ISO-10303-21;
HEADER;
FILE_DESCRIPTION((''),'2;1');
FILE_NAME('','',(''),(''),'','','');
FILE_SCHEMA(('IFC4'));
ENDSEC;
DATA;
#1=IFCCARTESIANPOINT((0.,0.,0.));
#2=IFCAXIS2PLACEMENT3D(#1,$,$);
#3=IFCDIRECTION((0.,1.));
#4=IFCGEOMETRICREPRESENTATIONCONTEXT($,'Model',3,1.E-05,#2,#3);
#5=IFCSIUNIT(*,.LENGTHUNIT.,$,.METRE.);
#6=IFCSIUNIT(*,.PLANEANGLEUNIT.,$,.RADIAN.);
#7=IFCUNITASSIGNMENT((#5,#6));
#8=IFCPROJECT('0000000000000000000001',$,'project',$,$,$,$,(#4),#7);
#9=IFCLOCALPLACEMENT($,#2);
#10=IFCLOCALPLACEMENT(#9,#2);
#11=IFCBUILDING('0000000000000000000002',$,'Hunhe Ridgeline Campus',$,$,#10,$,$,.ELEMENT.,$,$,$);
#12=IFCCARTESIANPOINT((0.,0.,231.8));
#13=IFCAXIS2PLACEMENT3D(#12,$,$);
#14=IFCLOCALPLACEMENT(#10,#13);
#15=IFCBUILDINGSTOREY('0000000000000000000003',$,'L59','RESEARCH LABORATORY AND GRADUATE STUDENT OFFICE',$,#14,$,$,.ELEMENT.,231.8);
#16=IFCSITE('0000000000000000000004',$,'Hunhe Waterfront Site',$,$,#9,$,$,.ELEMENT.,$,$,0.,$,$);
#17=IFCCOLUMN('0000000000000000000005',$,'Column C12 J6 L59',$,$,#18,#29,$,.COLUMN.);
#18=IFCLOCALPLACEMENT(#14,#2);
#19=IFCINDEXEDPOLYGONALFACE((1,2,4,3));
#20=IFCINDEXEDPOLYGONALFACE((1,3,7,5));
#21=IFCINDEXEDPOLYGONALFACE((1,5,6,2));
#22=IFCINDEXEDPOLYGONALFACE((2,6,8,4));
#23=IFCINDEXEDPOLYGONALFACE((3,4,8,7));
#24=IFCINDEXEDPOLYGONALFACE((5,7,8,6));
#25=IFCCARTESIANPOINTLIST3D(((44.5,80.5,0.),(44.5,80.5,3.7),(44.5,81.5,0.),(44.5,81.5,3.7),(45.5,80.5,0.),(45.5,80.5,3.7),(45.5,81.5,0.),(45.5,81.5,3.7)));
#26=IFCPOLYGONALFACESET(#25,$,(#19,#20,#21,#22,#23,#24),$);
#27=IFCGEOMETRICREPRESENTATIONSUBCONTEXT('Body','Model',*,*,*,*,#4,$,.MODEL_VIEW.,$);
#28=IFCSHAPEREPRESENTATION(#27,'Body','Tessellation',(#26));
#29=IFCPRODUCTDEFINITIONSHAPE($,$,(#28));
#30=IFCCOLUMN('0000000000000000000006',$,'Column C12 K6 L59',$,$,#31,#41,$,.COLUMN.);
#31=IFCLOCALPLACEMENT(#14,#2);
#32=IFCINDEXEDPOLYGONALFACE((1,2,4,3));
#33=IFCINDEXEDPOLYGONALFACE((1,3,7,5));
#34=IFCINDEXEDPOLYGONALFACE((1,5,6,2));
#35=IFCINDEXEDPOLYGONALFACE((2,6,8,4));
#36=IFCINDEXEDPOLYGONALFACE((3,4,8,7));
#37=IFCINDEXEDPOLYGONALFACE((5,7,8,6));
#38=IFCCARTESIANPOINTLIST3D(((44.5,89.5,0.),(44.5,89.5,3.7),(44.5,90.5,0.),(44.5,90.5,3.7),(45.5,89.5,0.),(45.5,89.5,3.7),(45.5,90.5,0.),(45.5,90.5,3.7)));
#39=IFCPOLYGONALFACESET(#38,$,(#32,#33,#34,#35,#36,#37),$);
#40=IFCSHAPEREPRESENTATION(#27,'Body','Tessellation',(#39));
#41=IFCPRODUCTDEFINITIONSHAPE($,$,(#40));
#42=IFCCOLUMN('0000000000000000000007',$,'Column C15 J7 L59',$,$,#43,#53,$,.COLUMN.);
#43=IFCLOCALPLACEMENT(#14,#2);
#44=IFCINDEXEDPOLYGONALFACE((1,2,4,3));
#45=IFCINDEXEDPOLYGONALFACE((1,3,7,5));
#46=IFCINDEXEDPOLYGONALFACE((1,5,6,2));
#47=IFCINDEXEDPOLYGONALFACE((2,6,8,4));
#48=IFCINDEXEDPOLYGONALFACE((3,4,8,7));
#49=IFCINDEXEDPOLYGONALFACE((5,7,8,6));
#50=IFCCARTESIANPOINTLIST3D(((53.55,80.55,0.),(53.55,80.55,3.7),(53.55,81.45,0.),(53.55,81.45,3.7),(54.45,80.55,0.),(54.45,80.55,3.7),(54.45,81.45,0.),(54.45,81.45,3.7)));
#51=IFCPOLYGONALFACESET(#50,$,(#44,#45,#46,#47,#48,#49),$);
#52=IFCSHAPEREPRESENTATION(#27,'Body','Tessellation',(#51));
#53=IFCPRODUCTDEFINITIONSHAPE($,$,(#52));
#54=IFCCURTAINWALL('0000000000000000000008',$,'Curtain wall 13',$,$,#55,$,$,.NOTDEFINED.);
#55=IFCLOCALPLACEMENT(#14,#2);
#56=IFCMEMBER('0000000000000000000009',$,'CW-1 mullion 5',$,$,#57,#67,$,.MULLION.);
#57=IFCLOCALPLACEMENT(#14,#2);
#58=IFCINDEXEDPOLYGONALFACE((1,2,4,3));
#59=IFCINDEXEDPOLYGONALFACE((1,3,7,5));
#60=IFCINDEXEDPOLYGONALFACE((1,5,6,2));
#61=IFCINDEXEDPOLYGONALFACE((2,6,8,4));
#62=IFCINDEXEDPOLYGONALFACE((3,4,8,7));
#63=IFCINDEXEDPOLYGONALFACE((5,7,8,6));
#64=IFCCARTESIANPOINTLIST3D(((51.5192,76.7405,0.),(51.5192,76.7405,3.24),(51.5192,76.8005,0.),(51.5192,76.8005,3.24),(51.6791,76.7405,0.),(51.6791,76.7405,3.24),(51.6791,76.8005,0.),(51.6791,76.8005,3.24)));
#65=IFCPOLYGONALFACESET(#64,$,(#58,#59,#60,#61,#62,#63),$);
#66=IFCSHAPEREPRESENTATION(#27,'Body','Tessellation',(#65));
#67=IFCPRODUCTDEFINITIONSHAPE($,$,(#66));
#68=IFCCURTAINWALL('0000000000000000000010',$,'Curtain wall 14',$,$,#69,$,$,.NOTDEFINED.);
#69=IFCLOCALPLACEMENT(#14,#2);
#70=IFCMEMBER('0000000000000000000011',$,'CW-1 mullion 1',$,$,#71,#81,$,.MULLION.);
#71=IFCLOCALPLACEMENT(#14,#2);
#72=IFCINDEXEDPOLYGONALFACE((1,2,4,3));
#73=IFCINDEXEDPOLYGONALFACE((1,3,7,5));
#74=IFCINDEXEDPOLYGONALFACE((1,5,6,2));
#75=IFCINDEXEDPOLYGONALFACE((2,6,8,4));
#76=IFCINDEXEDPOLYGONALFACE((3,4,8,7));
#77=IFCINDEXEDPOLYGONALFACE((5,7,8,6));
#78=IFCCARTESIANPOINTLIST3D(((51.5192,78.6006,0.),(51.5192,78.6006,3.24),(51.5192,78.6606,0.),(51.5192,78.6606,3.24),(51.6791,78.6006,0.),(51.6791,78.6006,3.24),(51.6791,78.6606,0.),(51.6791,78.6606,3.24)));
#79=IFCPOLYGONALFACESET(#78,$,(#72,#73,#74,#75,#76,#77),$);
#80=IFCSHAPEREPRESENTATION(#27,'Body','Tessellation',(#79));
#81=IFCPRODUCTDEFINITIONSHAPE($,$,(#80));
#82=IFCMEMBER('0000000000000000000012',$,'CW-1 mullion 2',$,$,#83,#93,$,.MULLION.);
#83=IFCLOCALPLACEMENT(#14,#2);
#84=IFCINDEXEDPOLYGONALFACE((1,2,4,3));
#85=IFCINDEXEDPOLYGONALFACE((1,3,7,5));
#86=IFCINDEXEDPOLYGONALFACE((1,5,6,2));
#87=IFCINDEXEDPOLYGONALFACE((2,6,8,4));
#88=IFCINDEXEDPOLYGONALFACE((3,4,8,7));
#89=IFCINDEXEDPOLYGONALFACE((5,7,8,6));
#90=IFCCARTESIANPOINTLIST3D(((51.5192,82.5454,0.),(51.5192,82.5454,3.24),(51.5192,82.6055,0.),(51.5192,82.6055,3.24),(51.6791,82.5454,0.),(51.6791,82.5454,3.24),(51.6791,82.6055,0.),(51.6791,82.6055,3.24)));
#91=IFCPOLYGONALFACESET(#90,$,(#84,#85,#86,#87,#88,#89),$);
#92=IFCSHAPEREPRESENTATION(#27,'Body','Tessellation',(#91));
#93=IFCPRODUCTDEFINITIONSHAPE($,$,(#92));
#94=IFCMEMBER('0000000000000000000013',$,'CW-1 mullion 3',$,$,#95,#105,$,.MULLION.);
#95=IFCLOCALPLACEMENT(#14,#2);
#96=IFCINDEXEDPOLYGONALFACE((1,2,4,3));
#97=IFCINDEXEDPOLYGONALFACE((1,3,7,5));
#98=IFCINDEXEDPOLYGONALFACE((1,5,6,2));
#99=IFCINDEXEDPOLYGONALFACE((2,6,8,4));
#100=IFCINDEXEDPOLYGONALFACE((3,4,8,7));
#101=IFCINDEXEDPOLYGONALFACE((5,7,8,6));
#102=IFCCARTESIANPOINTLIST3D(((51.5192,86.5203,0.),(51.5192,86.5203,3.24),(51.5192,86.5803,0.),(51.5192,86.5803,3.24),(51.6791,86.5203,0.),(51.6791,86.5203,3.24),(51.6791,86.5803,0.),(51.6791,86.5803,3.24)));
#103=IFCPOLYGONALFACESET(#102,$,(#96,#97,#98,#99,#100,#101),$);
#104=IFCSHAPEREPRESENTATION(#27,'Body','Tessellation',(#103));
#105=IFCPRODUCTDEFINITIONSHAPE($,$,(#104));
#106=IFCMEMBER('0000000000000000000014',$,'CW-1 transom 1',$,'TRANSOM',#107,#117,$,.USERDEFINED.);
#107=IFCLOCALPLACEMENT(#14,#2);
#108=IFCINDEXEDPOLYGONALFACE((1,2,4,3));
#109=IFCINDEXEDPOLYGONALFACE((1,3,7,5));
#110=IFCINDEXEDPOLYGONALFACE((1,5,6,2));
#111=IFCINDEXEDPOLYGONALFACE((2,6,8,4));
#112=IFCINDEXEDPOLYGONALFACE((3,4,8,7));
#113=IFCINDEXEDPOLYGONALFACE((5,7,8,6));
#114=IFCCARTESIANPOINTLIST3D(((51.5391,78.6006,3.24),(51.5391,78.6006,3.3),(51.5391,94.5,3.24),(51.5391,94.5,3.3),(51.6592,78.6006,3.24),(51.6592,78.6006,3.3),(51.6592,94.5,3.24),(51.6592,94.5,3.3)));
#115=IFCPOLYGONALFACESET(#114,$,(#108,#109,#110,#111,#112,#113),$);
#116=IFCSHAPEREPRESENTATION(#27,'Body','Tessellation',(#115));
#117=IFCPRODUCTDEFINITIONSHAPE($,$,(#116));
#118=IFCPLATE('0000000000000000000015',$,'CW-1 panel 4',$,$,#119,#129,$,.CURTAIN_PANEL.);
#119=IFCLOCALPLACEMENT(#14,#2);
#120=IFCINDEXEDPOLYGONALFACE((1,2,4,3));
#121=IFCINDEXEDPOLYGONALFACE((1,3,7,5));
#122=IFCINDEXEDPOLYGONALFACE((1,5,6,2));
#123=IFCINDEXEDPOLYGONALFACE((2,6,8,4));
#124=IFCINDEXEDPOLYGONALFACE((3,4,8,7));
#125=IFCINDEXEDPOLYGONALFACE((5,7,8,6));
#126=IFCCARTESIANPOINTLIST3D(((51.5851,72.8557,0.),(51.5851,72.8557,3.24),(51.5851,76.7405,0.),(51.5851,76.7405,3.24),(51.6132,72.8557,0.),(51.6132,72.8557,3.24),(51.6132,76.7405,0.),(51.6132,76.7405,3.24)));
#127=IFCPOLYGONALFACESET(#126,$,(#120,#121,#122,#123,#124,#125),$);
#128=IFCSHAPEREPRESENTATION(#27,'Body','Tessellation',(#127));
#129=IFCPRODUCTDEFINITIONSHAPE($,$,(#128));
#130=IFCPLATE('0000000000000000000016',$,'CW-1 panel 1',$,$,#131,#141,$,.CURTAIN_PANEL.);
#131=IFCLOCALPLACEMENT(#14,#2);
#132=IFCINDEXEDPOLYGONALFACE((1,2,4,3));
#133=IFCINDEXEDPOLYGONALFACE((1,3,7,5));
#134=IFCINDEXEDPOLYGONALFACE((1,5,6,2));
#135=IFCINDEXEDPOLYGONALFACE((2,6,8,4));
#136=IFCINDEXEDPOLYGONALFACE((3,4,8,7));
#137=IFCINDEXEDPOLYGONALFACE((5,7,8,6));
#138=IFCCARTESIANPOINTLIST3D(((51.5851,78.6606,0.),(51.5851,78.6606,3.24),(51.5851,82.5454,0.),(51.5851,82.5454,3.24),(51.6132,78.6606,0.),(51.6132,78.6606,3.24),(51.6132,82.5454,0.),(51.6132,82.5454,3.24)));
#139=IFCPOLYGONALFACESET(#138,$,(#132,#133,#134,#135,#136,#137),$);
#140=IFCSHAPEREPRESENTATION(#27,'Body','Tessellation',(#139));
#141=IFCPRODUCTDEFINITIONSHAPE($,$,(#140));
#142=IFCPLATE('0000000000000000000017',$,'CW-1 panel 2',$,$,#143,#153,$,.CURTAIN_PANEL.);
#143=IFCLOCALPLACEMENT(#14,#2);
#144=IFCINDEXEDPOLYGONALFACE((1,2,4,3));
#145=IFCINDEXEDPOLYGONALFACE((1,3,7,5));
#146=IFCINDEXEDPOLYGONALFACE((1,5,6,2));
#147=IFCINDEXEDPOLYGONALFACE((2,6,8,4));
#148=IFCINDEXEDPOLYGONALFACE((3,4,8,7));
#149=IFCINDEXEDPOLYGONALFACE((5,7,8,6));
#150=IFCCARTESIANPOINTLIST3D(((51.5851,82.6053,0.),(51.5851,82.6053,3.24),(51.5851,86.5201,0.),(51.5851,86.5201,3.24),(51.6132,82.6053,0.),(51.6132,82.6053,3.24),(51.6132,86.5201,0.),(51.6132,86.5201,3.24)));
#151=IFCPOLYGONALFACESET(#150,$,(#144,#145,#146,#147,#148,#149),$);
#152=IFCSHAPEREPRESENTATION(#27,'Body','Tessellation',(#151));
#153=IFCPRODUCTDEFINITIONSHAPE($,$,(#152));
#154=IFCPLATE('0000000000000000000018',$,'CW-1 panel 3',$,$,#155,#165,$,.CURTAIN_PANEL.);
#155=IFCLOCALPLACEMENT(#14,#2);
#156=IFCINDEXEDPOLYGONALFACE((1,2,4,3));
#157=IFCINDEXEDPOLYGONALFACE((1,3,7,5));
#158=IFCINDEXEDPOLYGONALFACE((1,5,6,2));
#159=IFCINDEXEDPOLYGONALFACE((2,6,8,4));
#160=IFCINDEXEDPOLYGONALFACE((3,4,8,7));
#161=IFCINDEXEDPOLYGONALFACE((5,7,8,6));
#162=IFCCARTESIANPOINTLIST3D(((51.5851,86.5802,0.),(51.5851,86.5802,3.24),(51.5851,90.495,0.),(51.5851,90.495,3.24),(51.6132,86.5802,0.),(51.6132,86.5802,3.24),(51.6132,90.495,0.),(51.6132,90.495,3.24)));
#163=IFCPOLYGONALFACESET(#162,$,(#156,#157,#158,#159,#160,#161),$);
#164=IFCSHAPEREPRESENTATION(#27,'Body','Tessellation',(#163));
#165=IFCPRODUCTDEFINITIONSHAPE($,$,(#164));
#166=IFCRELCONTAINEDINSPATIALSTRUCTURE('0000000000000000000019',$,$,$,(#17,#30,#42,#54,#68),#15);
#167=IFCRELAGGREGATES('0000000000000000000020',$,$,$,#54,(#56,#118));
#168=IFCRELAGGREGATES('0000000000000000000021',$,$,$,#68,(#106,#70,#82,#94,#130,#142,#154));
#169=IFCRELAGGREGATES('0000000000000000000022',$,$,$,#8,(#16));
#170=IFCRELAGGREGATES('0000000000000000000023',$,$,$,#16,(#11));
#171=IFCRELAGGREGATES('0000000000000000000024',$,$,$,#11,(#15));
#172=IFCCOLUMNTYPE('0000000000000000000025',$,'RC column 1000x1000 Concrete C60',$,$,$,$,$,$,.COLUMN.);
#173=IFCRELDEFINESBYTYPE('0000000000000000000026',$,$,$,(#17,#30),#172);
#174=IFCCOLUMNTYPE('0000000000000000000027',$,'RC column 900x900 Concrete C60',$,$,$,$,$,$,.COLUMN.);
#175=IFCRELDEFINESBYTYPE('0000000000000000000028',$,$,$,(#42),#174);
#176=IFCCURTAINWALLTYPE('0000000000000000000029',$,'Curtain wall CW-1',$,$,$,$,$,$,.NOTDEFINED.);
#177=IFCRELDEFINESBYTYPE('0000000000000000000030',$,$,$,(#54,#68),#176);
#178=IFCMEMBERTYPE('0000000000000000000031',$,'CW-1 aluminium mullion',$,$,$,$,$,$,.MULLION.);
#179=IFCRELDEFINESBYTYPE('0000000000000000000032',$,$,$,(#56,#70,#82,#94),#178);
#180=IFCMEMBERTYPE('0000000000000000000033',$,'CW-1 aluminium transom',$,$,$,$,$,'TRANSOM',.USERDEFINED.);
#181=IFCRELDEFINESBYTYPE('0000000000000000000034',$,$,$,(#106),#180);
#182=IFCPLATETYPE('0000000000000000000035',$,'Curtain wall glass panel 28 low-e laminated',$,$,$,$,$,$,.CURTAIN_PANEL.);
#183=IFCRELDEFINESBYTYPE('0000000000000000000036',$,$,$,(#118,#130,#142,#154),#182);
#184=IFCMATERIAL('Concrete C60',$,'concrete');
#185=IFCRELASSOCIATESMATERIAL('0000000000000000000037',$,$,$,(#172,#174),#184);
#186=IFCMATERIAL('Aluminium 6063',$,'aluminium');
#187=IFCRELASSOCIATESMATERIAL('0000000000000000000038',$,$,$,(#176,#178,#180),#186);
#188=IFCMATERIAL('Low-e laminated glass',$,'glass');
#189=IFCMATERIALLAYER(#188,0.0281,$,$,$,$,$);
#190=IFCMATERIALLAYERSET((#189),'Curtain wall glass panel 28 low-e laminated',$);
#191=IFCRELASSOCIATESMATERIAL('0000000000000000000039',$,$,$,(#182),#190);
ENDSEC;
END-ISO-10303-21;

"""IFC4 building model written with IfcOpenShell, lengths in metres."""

from ifc_helpers import new_model, si_unit, direction, frame, origin, origin_2d, place, context, subcontext, project, spatial, rectangle, extrude, material, layer, layer_set, material_profile, profile_set, type_object, element, aggregate, save


model = new_model("IFC4")

# Units and contexts
model_context = context("Model", 3, precision=1e-05, world=origin(), true_north=direction((0.0, 1.0)))
body_context = subcontext(model_context, "Body", "Model", "MODEL_VIEW")
ifc_project = project(units=[si_unit("LENGTHUNIT", "METRE"), si_unit("PLANEANGLEUNIT", "RADIAN")], contexts=[model_context])

# Site, building, storey
site_placement = place(None, origin())
site = spatial("IfcSite", under=ifc_project, at=site_placement, Name="Hunhe Waterfront Site", CompositionType="ELEMENT", RefElevation=0.0)
building_placement = place(site_placement, origin())
building = spatial("IfcBuilding", under=site, at=building_placement, Name="Hunhe Ridgeline Campus", CompositionType="ELEMENT")
storey_placement = place(building_placement, frame((0.0, 0.0, 231.8)))
storey = spatial("IfcBuildingStorey", under=building, at=storey_placement, Name="L59", Description="RESEARCH LABORATORY AND GRADUATE STUDENT OFFICE", CompositionType="ELEMENT", Elevation=231.8)

# Columns
ifc_material_1 = material(Name="Concrete C60", Category="concrete")
ifc_material_profile_1 = material_profile(ifc_material_1, rectangle(XDim=1.0, YDim=1.0, at=origin_2d()))
ifc_profile_set_1 = profile_set([ifc_material_profile_1], Name="Concrete C60")
column_type_1 = type_object("IfcColumnType", Name="RC column 1000x1000 Concrete C60", PredefinedType="COLUMN", material=ifc_profile_set_1)
for number, where, z_axis, x_axis, name in (
    (1, (45.0, 81.0, 0.0), (0.0, 0.0, 1.0), (1.0, 0.0, 0.0), "Column C12 J6 L59"),
    (2, (45.0, 90.0, 0.0), (0.0, 0.0, 1.0), (1.0, 0.0, 0.0), "Column C12 K6 L59"),
):
    element("IfcColumn", number, at=place(storey_placement, frame(where, z_axis=z_axis, x_axis=x_axis)), inside=storey, type_object=column_type_1, Name=name, PredefinedType="COLUMN", context=body_context, shape_type="SweptSolid", body=[
        extrude(rectangle(XDim=1.0, YDim=1.0, at=origin_2d()), origin(), (0.0, 0.0, 1.0), 3.7),
    ])
ifc_material_profile_2 = material_profile(ifc_material_1, rectangle(XDim=0.8999, YDim=0.8999, at=origin_2d()))
ifc_profile_set_2 = profile_set([ifc_material_profile_2], Name="Concrete C60")
column_type_2 = type_object("IfcColumnType", Name="RC column 900x900 Concrete C60", PredefinedType="COLUMN", material=ifc_profile_set_2)
column_placement = place(storey_placement, frame((54.0, 81.0, 0.0), z_axis=(0.0, 0.0, 1.0), x_axis=(1.0, 0.0, 0.0)))
element("IfcColumn", 3, at=column_placement, inside=storey, type_object=column_type_2, Name="Column C15 J7 L59", PredefinedType="COLUMN", context=body_context, shape_type="SweptSolid", body=[
    extrude(rectangle(XDim=0.8999, YDim=0.8999, at=origin_2d()), origin(), (0.0, 0.0, 1.0), 3.7),
])

# Curtain wall, member
ifc_material_2 = material(Name="Aluminium 6063", Category="aluminium")
curtain_wall_type = type_object("IfcCurtainWallType", Name="Curtain wall CW-1", PredefinedType="NOTDEFINED", material=ifc_material_2)
curtain_wall_1_placement = place(storey_placement, origin())
curtain_wall_1 = element("IfcCurtainWall", 4, at=curtain_wall_1_placement, inside=storey, type_object=curtain_wall_type, Name="Curtain wall 13", PredefinedType="NOTDEFINED")
ifc_material_profile_3 = material_profile(ifc_material_2, rectangle(XDim=0.1599, YDim=0.0601, at=origin_2d()))
ifc_profile_set_3 = profile_set([ifc_material_profile_3], Name="Aluminium 6063")
member_type_1 = type_object("IfcMemberType", Name="CW-1 aluminium mullion", PredefinedType="MULLION", material=ifc_profile_set_3)
member_1_placement = place(storey_placement, frame((51.5991, 76.7705, 0.0), z_axis=(0.0, 0.0, 1.0), x_axis=(-1.0, 0.0, 0.0)))
member_1 = element("IfcMember", 5, at=member_1_placement, type_object=member_type_1, Name="CW-1 mullion 5", PredefinedType="MULLION", context=body_context, shape_type="SweptSolid", body=[
    extrude(rectangle(XDim=0.1599, YDim=0.0601, at=origin_2d()), origin(), (0.0, 0.0, 1.0), 3.24),
])

# Curtain wall, members
curtain_wall_2_placement = place(storey_placement, origin())
curtain_wall_2 = element("IfcCurtainWall", 6, at=curtain_wall_2_placement, inside=storey, type_object=curtain_wall_type, Name="Curtain wall 14", PredefinedType="NOTDEFINED")
member_2_placement = place(storey_placement, frame((51.5991, 78.6306, 0.0), z_axis=(0.0, 0.0, 1.0), x_axis=(-1.0, 0.0, 0.0)))
member_2 = element("IfcMember", 7, at=member_2_placement, type_object=member_type_1, Name="CW-1 mullion 1", PredefinedType="MULLION", context=body_context, shape_type="SweptSolid", body=[
    extrude(rectangle(XDim=0.1599, YDim=0.0601, at=origin_2d()), origin(), (0.0, 0.0, 1.0), 3.24),
])
member_3_placement = place(storey_placement, frame((51.5991, 82.5754, 0.0), z_axis=(0.0, 0.0, 1.0), x_axis=(-1.0, 0.0, 0.0)))
member_3 = element("IfcMember", 8, at=member_3_placement, type_object=member_type_1, Name="CW-1 mullion 2", PredefinedType="MULLION", context=body_context, shape_type="SweptSolid", body=[
    extrude(rectangle(XDim=0.1599, YDim=0.0601, at=origin_2d()), origin(), (0.0, 0.0, 1.0), 3.24),
])
member_4_placement = place(storey_placement, frame((51.5991, 86.5503, 0.0), z_axis=(0.0, 0.0, 1.0), x_axis=(-1.0, 0.0, 0.0)))
member_4 = element("IfcMember", 9, at=member_4_placement, type_object=member_type_1, Name="CW-1 mullion 3", PredefinedType="MULLION", context=body_context, shape_type="SweptSolid", body=[
    extrude(rectangle(XDim=0.1599, YDim=0.0601, at=origin_2d()), origin(), (0.0, 0.0, 1.0), 3.24),
])
ifc_material_profile_4 = material_profile(ifc_material_2, rectangle(XDim=0.1201, YDim=0.0601, at=origin_2d()))
ifc_profile_set_4 = profile_set([ifc_material_profile_4], Name="Aluminium 6063")
member_type_2 = type_object("IfcMemberType", Name="CW-1 aluminium transom", ElementType="TRANSOM", PredefinedType="USERDEFINED", material=ifc_profile_set_4)
member_5_placement = place(storey_placement, frame((51.5991, 78.6006, 3.27), z_axis=(0.0, 1.0, 0.0), x_axis=(-1.0, 0.0, 0.0)))
member_5 = element("IfcMember", 10, at=member_5_placement, type_object=member_type_2, Name="CW-1 transom 1", ObjectType="TRANSOM", PredefinedType="USERDEFINED", context=body_context, shape_type="SweptSolid", body=[
    extrude(rectangle(XDim=0.1201, YDim=0.0601, at=origin_2d()), origin(), (0.0, 0.0, 1.0), 15.8994),
])

# Plates
ifc_material_3 = material(Name="Low-e laminated glass", Category="glass")
ifc_layer_1 = layer(ifc_material_3, 0.0281)
ifc_layer_set_1 = layer_set([ifc_layer_1], Name="Curtain wall glass panel 28 low-e laminated")
plate_type = type_object("IfcPlateType", Name="Curtain wall glass panel 28 low-e laminated", PredefinedType="CURTAIN_PANEL", material=ifc_layer_set_1)
plate_1_placement = place(storey_placement, frame((51.5991, 74.7981, 0.0), z_axis=(0.0, 0.0, 1.0), x_axis=(0.0, 1.0, 0.0)))
plate_1 = element("IfcPlate", 11, at=plate_1_placement, type_object=plate_type, Name="CW-1 panel 4", PredefinedType="CURTAIN_PANEL", context=body_context, shape_type="SweptSolid", body=[
    extrude(rectangle(XDim=3.8848, YDim=0.0281, at=origin_2d()), origin(), (0.0, 0.0, 1.0), 3.24),
])
aggregate(curtain_wall_1, [member_1, plate_1])
plate_2_placement = place(storey_placement, frame((51.5991, 80.603, 0.0), z_axis=(0.0, 0.0, 1.0), x_axis=(0.0, 1.0, 0.0)))
plate_2 = element("IfcPlate", 12, at=plate_2_placement, type_object=plate_type, Name="CW-1 panel 1", PredefinedType="CURTAIN_PANEL", context=body_context, shape_type="SweptSolid", body=[
    extrude(rectangle(XDim=3.8848, YDim=0.0281, at=origin_2d()), origin(), (0.0, 0.0, 1.0), 3.24),
])
plate_3_placement = place(storey_placement, frame((51.5991, 84.5627, 0.0), z_axis=(0.0, 0.0, 1.0), x_axis=(0.0, 1.0, 0.0)))
plate_3 = element("IfcPlate", 13, at=plate_3_placement, type_object=plate_type, Name="CW-1 panel 2", PredefinedType="CURTAIN_PANEL", context=body_context, shape_type="SweptSolid", body=[
    extrude(rectangle(XDim=3.9148, YDim=0.0281, at=origin_2d()), origin(), (0.0, 0.0, 1.0), 3.24),
])
plate_4_placement = place(storey_placement, frame((51.5991, 88.5376, 0.0), z_axis=(0.0, 0.0, 1.0), x_axis=(0.0, 1.0, 0.0)))
plate_4 = element("IfcPlate", 14, at=plate_4_placement, type_object=plate_type, Name="CW-1 panel 3", PredefinedType="CURTAIN_PANEL", context=body_context, shape_type="SweptSolid", body=[
    extrude(rectangle(XDim=3.9148, YDim=0.0281, at=origin_2d()), origin(), (0.0, 0.0, 1.0), 3.24),
])
aggregate(curtain_wall_2, [member_5, member_2, member_3, member_4, plate_2, plate_3, plate_4])

save(model, "model.ifc")
